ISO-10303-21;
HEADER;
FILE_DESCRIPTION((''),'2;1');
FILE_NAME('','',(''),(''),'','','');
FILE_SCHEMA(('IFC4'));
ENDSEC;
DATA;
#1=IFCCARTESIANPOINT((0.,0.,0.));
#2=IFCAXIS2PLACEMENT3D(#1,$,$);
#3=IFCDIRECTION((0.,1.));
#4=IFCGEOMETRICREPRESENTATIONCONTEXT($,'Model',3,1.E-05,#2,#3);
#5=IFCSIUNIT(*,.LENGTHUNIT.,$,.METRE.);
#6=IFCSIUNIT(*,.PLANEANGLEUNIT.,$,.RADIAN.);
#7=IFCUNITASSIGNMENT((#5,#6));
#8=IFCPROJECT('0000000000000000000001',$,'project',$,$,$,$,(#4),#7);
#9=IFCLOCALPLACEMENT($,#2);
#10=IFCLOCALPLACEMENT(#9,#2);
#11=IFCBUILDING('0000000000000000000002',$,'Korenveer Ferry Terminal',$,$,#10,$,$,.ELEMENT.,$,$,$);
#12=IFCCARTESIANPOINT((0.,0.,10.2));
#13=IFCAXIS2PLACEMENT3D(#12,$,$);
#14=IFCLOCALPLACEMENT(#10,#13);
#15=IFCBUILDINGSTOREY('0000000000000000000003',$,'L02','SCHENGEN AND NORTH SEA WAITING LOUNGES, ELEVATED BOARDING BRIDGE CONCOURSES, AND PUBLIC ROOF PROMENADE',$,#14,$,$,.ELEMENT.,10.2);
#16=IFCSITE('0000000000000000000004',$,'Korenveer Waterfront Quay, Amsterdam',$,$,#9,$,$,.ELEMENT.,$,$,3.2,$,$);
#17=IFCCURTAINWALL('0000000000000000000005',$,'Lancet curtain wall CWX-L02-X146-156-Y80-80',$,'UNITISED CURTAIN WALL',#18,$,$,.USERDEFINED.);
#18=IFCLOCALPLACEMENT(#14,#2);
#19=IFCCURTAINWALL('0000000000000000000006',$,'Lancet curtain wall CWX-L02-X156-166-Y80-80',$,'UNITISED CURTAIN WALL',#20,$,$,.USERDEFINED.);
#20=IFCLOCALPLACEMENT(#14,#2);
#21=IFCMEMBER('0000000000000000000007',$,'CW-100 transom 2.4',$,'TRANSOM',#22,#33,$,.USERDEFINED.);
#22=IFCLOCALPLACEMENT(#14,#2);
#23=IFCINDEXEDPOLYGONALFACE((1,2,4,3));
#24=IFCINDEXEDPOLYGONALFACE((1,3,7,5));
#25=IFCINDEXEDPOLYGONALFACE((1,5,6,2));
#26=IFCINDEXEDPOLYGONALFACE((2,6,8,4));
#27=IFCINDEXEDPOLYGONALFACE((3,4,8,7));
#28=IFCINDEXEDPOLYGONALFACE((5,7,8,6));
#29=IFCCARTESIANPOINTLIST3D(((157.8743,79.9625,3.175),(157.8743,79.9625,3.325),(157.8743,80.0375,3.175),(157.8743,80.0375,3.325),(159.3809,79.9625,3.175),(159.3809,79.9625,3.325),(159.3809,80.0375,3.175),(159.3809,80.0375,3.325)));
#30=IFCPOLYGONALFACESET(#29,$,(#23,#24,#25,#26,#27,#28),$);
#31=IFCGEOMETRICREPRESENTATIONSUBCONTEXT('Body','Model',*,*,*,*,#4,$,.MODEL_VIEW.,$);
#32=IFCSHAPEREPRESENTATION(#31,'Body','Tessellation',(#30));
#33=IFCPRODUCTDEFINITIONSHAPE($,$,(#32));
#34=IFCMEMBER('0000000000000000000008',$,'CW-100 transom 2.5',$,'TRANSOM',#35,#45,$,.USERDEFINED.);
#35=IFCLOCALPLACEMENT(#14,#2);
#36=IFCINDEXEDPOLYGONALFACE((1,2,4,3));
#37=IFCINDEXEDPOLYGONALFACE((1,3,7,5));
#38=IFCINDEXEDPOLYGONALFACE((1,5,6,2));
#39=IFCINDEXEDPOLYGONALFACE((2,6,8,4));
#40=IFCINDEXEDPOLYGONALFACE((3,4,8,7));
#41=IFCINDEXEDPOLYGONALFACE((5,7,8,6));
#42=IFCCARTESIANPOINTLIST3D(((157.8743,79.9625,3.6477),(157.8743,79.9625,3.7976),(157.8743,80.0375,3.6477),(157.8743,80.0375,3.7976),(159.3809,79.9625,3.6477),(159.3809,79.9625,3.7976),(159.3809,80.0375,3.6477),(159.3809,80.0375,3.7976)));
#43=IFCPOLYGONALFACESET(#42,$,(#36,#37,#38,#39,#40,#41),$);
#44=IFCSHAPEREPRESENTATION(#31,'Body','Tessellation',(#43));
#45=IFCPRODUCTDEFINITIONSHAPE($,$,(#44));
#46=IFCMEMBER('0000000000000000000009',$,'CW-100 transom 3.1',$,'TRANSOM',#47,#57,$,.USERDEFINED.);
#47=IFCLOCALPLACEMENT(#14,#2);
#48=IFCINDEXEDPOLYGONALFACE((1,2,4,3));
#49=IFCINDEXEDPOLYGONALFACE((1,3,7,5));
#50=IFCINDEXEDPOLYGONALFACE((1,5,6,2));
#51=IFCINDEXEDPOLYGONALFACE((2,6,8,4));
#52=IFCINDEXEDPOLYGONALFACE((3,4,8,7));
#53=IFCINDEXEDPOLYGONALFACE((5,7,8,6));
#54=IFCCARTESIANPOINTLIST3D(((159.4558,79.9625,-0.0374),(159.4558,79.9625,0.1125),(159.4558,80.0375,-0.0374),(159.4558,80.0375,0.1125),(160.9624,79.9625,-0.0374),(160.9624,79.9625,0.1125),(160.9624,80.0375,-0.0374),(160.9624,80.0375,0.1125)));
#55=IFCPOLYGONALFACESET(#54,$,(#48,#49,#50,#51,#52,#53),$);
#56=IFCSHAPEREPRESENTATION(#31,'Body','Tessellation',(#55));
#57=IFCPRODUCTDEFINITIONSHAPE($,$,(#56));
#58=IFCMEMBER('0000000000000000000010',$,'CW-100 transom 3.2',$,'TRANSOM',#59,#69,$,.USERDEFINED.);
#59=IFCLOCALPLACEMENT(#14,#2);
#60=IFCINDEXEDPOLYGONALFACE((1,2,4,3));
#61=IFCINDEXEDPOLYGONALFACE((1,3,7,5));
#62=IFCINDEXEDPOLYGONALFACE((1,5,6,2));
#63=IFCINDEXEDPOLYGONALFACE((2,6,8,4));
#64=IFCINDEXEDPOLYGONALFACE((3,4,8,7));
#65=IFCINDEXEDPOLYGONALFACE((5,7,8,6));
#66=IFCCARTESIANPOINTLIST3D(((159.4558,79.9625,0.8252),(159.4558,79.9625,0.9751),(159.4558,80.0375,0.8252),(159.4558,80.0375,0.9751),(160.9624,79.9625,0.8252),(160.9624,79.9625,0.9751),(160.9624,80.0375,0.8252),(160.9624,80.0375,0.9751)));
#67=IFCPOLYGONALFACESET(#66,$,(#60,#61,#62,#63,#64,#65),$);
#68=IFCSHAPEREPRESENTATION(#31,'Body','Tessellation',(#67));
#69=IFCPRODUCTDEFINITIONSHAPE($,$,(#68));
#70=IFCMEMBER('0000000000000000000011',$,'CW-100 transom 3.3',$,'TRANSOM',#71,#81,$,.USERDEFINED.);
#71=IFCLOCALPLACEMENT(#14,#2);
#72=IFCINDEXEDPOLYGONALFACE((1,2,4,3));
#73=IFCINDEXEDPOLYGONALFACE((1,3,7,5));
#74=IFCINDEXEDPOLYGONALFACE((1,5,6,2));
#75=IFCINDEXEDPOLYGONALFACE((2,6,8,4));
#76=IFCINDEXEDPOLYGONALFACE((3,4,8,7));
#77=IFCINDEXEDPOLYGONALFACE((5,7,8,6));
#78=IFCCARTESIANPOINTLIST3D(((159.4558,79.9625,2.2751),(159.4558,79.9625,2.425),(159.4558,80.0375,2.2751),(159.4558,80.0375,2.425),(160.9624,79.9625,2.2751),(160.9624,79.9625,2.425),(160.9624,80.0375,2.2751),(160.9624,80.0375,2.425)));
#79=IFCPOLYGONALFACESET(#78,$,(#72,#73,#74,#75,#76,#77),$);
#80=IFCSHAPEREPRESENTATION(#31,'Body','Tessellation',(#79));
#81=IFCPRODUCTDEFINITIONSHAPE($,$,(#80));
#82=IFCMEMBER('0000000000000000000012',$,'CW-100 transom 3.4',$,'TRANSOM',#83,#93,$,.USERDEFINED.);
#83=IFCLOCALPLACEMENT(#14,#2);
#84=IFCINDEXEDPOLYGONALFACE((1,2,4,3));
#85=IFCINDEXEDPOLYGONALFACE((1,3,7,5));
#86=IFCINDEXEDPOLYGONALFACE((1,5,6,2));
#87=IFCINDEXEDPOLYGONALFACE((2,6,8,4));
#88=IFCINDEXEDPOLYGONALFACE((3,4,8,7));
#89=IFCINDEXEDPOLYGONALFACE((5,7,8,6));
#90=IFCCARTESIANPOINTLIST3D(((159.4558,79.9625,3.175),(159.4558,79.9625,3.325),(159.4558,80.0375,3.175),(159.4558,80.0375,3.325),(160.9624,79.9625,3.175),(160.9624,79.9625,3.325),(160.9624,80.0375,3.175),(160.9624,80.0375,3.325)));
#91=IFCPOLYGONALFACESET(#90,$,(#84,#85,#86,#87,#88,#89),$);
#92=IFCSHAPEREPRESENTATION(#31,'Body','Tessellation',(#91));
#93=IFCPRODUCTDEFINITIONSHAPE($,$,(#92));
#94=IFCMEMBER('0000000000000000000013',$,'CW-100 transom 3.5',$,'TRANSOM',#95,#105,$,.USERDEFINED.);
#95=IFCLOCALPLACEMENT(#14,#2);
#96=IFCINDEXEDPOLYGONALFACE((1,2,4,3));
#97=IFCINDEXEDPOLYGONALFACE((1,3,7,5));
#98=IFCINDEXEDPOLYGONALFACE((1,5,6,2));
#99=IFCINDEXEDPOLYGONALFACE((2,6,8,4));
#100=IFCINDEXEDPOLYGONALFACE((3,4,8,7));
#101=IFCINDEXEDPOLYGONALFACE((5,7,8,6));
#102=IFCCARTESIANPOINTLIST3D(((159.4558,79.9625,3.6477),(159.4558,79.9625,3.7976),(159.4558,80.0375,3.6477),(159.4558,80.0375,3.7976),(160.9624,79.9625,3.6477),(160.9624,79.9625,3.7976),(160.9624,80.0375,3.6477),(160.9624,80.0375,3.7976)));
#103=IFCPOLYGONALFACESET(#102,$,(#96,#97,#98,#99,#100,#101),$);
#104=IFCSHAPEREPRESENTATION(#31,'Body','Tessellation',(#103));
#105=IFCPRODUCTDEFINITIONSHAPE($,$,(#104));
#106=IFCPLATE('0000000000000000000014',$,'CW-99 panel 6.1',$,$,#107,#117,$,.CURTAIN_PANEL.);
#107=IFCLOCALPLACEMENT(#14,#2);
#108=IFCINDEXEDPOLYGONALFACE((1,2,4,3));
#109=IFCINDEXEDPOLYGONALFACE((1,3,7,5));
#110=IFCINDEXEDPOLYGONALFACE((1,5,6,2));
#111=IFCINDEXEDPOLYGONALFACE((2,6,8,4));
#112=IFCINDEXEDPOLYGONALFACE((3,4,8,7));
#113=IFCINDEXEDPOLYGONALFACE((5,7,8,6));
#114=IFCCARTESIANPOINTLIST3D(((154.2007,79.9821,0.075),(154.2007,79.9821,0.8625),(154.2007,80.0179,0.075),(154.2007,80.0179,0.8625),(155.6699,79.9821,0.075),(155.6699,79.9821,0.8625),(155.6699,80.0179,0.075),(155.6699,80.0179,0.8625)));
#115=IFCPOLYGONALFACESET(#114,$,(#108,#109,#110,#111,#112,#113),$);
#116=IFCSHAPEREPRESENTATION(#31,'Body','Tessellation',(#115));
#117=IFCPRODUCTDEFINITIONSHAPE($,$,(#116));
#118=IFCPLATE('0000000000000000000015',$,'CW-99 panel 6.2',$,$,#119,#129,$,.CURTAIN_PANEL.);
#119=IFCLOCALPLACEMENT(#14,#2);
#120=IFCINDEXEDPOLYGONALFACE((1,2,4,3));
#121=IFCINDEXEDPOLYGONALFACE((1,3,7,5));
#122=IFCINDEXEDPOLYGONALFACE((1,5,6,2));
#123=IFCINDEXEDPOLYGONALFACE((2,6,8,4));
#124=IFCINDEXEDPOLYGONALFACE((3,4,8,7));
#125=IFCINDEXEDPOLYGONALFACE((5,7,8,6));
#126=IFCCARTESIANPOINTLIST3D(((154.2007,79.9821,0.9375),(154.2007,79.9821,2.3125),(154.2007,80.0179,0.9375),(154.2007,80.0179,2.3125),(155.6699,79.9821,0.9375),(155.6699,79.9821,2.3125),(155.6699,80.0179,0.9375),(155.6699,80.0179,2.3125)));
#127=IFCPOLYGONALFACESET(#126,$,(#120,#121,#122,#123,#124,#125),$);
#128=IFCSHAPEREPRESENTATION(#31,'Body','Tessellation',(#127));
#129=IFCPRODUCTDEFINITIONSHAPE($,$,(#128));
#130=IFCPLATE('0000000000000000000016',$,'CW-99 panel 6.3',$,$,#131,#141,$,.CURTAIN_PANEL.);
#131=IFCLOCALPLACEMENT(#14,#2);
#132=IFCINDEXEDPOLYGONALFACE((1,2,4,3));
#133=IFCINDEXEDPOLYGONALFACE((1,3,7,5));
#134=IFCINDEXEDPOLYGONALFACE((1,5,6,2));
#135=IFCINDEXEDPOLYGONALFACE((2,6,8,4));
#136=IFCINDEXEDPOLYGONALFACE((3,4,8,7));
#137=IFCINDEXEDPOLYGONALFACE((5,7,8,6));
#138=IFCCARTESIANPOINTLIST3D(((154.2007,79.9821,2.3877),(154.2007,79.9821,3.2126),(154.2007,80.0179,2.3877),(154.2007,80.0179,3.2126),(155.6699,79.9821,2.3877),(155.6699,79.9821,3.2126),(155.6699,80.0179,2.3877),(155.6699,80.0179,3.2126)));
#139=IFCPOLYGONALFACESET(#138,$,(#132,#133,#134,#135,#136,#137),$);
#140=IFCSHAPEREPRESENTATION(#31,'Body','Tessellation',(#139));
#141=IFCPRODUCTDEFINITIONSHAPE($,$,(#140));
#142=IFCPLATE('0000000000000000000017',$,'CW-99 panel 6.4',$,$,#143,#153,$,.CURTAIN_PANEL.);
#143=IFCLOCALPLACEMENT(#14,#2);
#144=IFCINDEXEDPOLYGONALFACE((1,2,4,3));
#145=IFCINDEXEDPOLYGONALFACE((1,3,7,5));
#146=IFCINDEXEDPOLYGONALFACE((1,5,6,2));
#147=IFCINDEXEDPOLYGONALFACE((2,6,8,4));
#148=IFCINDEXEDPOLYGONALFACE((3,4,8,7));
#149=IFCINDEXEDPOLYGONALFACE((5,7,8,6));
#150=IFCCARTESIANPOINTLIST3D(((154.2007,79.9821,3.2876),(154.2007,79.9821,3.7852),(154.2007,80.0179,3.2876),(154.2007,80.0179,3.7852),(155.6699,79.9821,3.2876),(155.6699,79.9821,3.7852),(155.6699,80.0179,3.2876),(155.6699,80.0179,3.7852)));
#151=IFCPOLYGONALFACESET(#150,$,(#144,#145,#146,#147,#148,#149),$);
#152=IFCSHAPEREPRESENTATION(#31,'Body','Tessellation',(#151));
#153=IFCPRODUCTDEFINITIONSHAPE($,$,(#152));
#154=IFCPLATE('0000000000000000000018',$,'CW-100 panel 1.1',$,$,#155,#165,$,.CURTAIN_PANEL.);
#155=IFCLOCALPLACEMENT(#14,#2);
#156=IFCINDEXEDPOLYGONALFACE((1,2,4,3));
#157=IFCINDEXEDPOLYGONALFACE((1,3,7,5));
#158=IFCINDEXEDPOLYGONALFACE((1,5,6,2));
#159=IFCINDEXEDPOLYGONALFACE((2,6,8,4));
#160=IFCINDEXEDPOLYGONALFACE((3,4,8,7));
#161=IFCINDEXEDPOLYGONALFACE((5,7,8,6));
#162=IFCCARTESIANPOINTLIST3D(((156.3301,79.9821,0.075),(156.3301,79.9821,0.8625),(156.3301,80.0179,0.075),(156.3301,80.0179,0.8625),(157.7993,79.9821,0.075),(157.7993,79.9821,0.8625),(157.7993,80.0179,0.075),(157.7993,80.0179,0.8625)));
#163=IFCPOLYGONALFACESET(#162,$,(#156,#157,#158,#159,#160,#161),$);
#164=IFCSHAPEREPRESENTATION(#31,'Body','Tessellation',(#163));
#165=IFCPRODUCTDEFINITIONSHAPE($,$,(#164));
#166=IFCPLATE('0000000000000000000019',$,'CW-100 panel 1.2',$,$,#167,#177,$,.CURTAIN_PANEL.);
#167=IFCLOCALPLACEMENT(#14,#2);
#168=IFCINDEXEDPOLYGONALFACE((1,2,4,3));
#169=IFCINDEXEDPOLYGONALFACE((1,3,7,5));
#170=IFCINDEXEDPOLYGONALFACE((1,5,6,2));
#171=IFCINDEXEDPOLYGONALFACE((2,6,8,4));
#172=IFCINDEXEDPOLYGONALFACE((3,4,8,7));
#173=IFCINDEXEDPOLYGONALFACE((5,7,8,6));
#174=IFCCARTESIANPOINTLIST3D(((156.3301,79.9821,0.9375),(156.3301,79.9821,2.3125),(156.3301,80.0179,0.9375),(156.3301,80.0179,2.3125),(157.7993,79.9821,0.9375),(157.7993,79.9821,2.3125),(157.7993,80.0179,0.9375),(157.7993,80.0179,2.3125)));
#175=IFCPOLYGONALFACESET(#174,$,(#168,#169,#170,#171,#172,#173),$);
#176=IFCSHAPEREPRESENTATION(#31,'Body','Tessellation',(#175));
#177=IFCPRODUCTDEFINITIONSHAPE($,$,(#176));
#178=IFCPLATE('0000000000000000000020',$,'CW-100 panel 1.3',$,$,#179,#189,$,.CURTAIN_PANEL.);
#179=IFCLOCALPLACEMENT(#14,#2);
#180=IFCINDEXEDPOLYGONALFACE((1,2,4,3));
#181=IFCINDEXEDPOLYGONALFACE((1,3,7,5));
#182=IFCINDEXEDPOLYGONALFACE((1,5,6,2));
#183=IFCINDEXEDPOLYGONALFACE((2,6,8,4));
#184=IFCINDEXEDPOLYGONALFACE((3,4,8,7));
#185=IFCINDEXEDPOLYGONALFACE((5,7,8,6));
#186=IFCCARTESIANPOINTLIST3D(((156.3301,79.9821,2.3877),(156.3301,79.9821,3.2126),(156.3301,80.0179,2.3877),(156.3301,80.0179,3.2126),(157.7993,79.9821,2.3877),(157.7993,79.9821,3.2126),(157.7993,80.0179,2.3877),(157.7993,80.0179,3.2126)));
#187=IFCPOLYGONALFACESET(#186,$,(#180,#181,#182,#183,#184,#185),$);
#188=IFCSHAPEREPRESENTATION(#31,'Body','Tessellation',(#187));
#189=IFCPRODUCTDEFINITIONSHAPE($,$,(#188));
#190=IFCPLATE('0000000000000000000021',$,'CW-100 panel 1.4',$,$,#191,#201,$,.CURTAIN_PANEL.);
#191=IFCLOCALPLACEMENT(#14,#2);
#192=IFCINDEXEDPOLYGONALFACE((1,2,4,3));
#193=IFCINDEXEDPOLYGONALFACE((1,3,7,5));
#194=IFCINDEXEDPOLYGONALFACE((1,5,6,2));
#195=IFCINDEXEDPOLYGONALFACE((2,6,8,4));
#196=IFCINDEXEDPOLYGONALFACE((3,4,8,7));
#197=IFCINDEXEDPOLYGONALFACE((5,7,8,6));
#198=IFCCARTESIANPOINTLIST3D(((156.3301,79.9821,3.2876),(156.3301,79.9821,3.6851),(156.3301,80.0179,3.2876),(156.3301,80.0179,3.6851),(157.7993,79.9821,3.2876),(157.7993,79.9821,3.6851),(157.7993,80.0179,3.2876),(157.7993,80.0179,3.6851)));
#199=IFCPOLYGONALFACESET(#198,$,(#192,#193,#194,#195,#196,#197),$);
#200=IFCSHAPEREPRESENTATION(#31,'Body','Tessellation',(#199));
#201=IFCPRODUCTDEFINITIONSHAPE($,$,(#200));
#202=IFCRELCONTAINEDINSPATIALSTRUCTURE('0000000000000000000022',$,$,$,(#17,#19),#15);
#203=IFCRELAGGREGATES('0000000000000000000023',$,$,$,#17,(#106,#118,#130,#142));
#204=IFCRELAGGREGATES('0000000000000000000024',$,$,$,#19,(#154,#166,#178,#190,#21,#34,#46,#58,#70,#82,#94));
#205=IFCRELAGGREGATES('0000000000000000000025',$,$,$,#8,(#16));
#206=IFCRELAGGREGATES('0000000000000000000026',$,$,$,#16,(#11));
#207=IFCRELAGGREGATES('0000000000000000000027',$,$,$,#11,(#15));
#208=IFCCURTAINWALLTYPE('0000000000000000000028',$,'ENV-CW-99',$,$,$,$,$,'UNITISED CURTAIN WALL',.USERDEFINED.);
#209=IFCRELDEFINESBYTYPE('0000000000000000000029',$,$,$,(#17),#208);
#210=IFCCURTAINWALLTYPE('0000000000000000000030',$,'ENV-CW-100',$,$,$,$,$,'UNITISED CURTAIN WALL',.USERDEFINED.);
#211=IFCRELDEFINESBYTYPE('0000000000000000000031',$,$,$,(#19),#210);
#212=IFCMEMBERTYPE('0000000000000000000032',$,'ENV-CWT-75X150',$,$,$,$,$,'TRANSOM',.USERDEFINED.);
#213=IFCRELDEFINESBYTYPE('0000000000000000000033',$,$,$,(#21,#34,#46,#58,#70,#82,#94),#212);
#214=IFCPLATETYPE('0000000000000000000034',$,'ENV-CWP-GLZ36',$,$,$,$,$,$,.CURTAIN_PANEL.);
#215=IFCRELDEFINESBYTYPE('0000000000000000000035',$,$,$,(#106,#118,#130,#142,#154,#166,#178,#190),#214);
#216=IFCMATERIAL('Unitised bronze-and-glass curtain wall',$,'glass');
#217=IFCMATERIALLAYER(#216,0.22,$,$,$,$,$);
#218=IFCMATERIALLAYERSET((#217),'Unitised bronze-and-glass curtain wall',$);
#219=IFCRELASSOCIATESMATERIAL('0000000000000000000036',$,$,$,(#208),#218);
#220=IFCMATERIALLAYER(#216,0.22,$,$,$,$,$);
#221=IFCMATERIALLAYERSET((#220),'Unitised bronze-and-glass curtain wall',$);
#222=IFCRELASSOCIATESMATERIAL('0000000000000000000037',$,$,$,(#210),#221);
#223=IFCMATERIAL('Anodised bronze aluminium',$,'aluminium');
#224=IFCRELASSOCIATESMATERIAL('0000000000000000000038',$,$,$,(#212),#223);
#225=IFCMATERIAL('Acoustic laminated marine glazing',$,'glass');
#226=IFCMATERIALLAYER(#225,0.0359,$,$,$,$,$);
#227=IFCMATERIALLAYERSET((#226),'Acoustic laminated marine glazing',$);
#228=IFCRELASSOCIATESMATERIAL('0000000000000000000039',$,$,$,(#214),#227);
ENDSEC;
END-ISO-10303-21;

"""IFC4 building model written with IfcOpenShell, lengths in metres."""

from ifc_helpers import new_model, si_unit, direction, frame, origin, origin_2d, place, context, subcontext, project, spatial, rectangle, extrude, material, layer, layer_set, material_profile, profile_set, type_object, element, aggregate, save


model = new_model("IFC4")

# Units and contexts
model_context = context("Model", 3, precision=1e-05, world=origin(), true_north=direction((0.0, 1.0)))
body_context = subcontext(model_context, "Body", "Model", "MODEL_VIEW")
ifc_project = project(units=[si_unit("LENGTHUNIT", "METRE"), si_unit("PLANEANGLEUNIT", "RADIAN")], contexts=[model_context])

# Site, building, storey
site_placement = place(None, origin())
site = spatial("IfcSite", under=ifc_project, at=site_placement, Name="Korenveer Waterfront Quay, Amsterdam", CompositionType="ELEMENT", RefElevation=3.2)
building_placement = place(site_placement, origin())
building = spatial("IfcBuilding", under=site, at=building_placement, Name="Korenveer Ferry Terminal", CompositionType="ELEMENT")
storey_placement = place(building_placement, frame((0.0, 0.0, 10.2)))
storey = spatial("IfcBuildingStorey", under=building, at=storey_placement, Name="L02", Description="SCHENGEN AND NORTH SEA WAITING LOUNGES, ELEVATED BOARDING BRIDGE CONCOURSES, AND PUBLIC ROOF PROMENADE", CompositionType="ELEMENT", Elevation=10.2)

# Curtain wall
ifc_material_1 = material(Name="Unitised bronze-and-glass curtain wall", Category="glass")
ifc_layer_1 = layer(ifc_material_1, 0.22)
ifc_layer_set_1 = layer_set([ifc_layer_1], Name="Unitised bronze-and-glass curtain wall")
curtain_wall_type_1 = type_object("IfcCurtainWallType", Name="ENV-CW-99", ElementType="UNITISED CURTAIN WALL", PredefinedType="USERDEFINED", material=ifc_layer_set_1)
curtain_wall_1_placement = place(storey_placement, frame((146.2549, 80.0, 0.0)))
curtain_wall_1 = element("IfcCurtainWall", 1, at=curtain_wall_1_placement, inside=storey, type_object=curtain_wall_type_1, Name="Lancet curtain wall CWX-L02-X146-156-Y80-80", ObjectType="UNITISED CURTAIN WALL", PredefinedType="USERDEFINED")
ifc_material_2 = material(Name="Anodised bronze aluminium", Category="aluminium")

# Curtain wall
ifc_layer_2 = layer(ifc_material_1, 0.22)
ifc_layer_set_2 = layer_set([ifc_layer_2], Name="Unitised bronze-and-glass curtain wall")
curtain_wall_type_2 = type_object("IfcCurtainWallType", Name="ENV-CW-100", ElementType="UNITISED CURTAIN WALL", PredefinedType="USERDEFINED", material=ifc_layer_set_2)
curtain_wall_2_placement = place(storey_placement, frame((156.2549, 80.0, 0.0)))
curtain_wall_2 = element("IfcCurtainWall", 2, at=curtain_wall_2_placement, inside=storey, type_object=curtain_wall_type_2, Name="Lancet curtain wall CWX-L02-X156-166-Y80-80", ObjectType="UNITISED CURTAIN WALL", PredefinedType="USERDEFINED")

# Members
ifc_material_profile_1 = material_profile(ifc_material_2, rectangle(XDim=0.075, YDim=0.1499, at=origin_2d()), Name="ALU 75x150")
ifc_profile_set_1 = profile_set([ifc_material_profile_1], Name="Anodised bronze aluminium")
member_type_1 = type_object("IfcMemberType", Name="ENV-CWT-75X150", ElementType="TRANSOM", PredefinedType="USERDEFINED", material=ifc_profile_set_1)
member_1_placement = place(storey_placement, frame((157.8743, 80.0, 3.25), z_axis=(1.0, 0.0, 0.0), x_axis=(0.0, 1.0, 0.0)))
member_1 = element("IfcMember", 3, at=member_1_placement, type_object=member_type_1, Name="CW-100 transom 2.4", ObjectType="TRANSOM", PredefinedType="USERDEFINED", context=body_context, shape_type="SweptSolid", body=[
    extrude(rectangle(XDim=0.075, YDim=0.1499, at=origin_2d()), origin(), (0.0, 0.0, 1.0), 1.5066),
])
member_2_placement = place(storey_placement, frame((157.8743, 80.0, 3.7227), z_axis=(1.0, 0.0, 0.0), x_axis=(0.0, 1.0, 0.0)))
member_2 = element("IfcMember", 4, at=member_2_placement, type_object=member_type_1, Name="CW-100 transom 2.5", ObjectType="TRANSOM", PredefinedType="USERDEFINED", context=body_context, shape_type="SweptSolid", body=[
    extrude(rectangle(XDim=0.075, YDim=0.1499, at=origin_2d()), origin(), (0.0, 0.0, 1.0), 1.5066),
])
member_3_placement = place(storey_placement, frame((159.4558, 80.0, 0.0376), z_axis=(1.0, 0.0, 0.0), x_axis=(0.0, 1.0, 0.0)))
member_3 = element("IfcMember", 5, at=member_3_placement, type_object=member_type_1, Name="CW-100 transom 3.1", ObjectType="TRANSOM", PredefinedType="USERDEFINED", context=body_context, shape_type="SweptSolid", body=[
    extrude(rectangle(XDim=0.075, YDim=0.1499, at=origin_2d()), origin(), (0.0, 0.0, 1.0), 1.5066),
])
member_4_placement = place(storey_placement, frame((159.4558, 80.0, 0.9001), z_axis=(1.0, 0.0, 0.0), x_axis=(0.0, 1.0, 0.0)))
member_4 = element("IfcMember", 6, at=member_4_placement, type_object=member_type_1, Name="CW-100 transom 3.2", ObjectType="TRANSOM", PredefinedType="USERDEFINED", context=body_context, shape_type="SweptSolid", body=[
    extrude(rectangle(XDim=0.075, YDim=0.1499, at=origin_2d()), origin(), (0.0, 0.0, 1.0), 1.5066),
])
member_5_placement = place(storey_placement, frame((159.4558, 80.0, 2.3501), z_axis=(1.0, 0.0, 0.0), x_axis=(0.0, 1.0, 0.0)))
member_5 = element("IfcMember", 7, at=member_5_placement, type_object=member_type_1, Name="CW-100 transom 3.3", ObjectType="TRANSOM", PredefinedType="USERDEFINED", context=body_context, shape_type="SweptSolid", body=[
    extrude(rectangle(XDim=0.075, YDim=0.1499, at=origin_2d()), origin(), (0.0, 0.0, 1.0), 1.5066),
])
member_6_placement = place(storey_placement, frame((159.4558, 80.0, 3.25), z_axis=(1.0, 0.0, 0.0), x_axis=(0.0, 1.0, 0.0)))
member_6 = element("IfcMember", 8, at=member_6_placement, type_object=member_type_1, Name="CW-100 transom 3.4", ObjectType="TRANSOM", PredefinedType="USERDEFINED", context=body_context, shape_type="SweptSolid", body=[
    extrude(rectangle(XDim=0.075, YDim=0.1499, at=origin_2d()), origin(), (0.0, 0.0, 1.0), 1.5066),
])
member_7_placement = place(storey_placement, frame((159.4558, 80.0, 3.7227), z_axis=(1.0, 0.0, 0.0), x_axis=(0.0, 1.0, 0.0)))
member_7 = element("IfcMember", 9, at=member_7_placement, type_object=member_type_1, Name="CW-100 transom 3.5", ObjectType="TRANSOM", PredefinedType="USERDEFINED", context=body_context, shape_type="SweptSolid", body=[
    extrude(rectangle(XDim=0.075, YDim=0.1499, at=origin_2d()), origin(), (0.0, 0.0, 1.0), 1.5066),
])

# Plates
ifc_material_3 = material(Name="Acoustic laminated marine glazing", Category="glass")
ifc_layer_3 = layer(ifc_material_3, 0.0359)
ifc_layer_set_3 = layer_set([ifc_layer_3], Name="Acoustic laminated marine glazing")
plate_type = type_object("IfcPlateType", Name="ENV-CWP-GLZ36", PredefinedType="CURTAIN_PANEL", material=ifc_layer_set_3)
plate_1_placement = place(storey_placement, frame((154.9353, 80.0, 0.075), z_axis=(0.0, 0.0, 1.0), x_axis=(1.0, 0.0, 0.0)))
plate_1 = element("IfcPlate", 10, at=plate_1_placement, type_object=plate_type, Name="CW-99 panel 6.1", PredefinedType="CURTAIN_PANEL", context=body_context, shape_type="SweptSolid", body=[
    extrude(rectangle(XDim=1.4692, YDim=0.0359, at=origin_2d()), origin(), (0.0, 0.0, 1.0), 0.7876),
])
plate_2_placement = place(storey_placement, frame((154.9353, 80.0, 0.9375), z_axis=(0.0, 0.0, 1.0), x_axis=(1.0, 0.0, 0.0)))
plate_2 = element("IfcPlate", 11, at=plate_2_placement, type_object=plate_type, Name="CW-99 panel 6.2", PredefinedType="CURTAIN_PANEL", context=body_context, shape_type="SweptSolid", body=[
    extrude(rectangle(XDim=1.4692, YDim=0.0359, at=origin_2d()), origin(), (0.0, 0.0, 1.0), 1.375),
])
plate_3_placement = place(storey_placement, frame((154.9353, 80.0, 2.3877), z_axis=(0.0, 0.0, 1.0), x_axis=(1.0, 0.0, 0.0)))
plate_3 = element("IfcPlate", 12, at=plate_3_placement, type_object=plate_type, Name="CW-99 panel 6.3", PredefinedType="CURTAIN_PANEL", context=body_context, shape_type="SweptSolid", body=[
    extrude(rectangle(XDim=1.4692, YDim=0.0359, at=origin_2d()), origin(), (0.0, 0.0, 1.0), 0.825),
])
plate_4_placement = place(storey_placement, frame((154.9353, 80.0, 3.2876), z_axis=(0.0, 0.0, 1.0), x_axis=(1.0, 0.0, 0.0)))
plate_4 = element("IfcPlate", 13, at=plate_4_placement, type_object=plate_type, Name="CW-99 panel 6.4", PredefinedType="CURTAIN_PANEL", context=body_context, shape_type="SweptSolid", body=[
    extrude(rectangle(XDim=1.4692, YDim=0.0359, at=origin_2d()), origin(), (0.0, 0.0, 1.0), 0.4976),
])
aggregate(curtain_wall_1, [plate_1, plate_2, plate_3, plate_4])
plate_5_placement = place(storey_placement, frame((157.0647, 80.0, 0.075), z_axis=(0.0, 0.0, 1.0), x_axis=(1.0, 0.0, 0.0)))
plate_5 = element("IfcPlate", 14, at=plate_5_placement, type_object=plate_type, Name="CW-100 panel 1.1", PredefinedType="CURTAIN_PANEL", context=body_context, shape_type="SweptSolid", body=[
    extrude(rectangle(XDim=1.4692, YDim=0.0359, at=origin_2d()), origin(), (0.0, 0.0, 1.0), 0.7876),
])
plate_6_placement = place(storey_placement, frame((157.0647, 80.0, 0.9375), z_axis=(0.0, 0.0, 1.0), x_axis=(1.0, 0.0, 0.0)))
plate_6 = element("IfcPlate", 15, at=plate_6_placement, type_object=plate_type, Name="CW-100 panel 1.2", PredefinedType="CURTAIN_PANEL", context=body_context, shape_type="SweptSolid", body=[
    extrude(rectangle(XDim=1.4692, YDim=0.0359, at=origin_2d()), origin(), (0.0, 0.0, 1.0), 1.375),
])
plate_7_placement = place(storey_placement, frame((157.0647, 80.0, 2.3877), z_axis=(0.0, 0.0, 1.0), x_axis=(1.0, 0.0, 0.0)))
plate_7 = element("IfcPlate", 16, at=plate_7_placement, type_object=plate_type, Name="CW-100 panel 1.3", PredefinedType="CURTAIN_PANEL", context=body_context, shape_type="SweptSolid", body=[
    extrude(rectangle(XDim=1.4692, YDim=0.0359, at=origin_2d()), origin(), (0.0, 0.0, 1.0), 0.825),
])
plate_8_placement = place(storey_placement, frame((157.0647, 80.0, 3.2876), z_axis=(0.0, 0.0, 1.0), x_axis=(1.0, 0.0, 0.0)))
plate_8 = element("IfcPlate", 17, at=plate_8_placement, type_object=plate_type, Name="CW-100 panel 1.4", PredefinedType="CURTAIN_PANEL", context=body_context, shape_type="SweptSolid", body=[
    extrude(rectangle(XDim=1.4692, YDim=0.0359, at=origin_2d()), origin(), (0.0, 0.0, 1.0), 0.3975),
])
aggregate(curtain_wall_2, [plate_5, plate_6, plate_7, plate_8, member_1, member_2, member_3, member_4, member_5, member_6, member_7])

save(model, "model.ifc")
